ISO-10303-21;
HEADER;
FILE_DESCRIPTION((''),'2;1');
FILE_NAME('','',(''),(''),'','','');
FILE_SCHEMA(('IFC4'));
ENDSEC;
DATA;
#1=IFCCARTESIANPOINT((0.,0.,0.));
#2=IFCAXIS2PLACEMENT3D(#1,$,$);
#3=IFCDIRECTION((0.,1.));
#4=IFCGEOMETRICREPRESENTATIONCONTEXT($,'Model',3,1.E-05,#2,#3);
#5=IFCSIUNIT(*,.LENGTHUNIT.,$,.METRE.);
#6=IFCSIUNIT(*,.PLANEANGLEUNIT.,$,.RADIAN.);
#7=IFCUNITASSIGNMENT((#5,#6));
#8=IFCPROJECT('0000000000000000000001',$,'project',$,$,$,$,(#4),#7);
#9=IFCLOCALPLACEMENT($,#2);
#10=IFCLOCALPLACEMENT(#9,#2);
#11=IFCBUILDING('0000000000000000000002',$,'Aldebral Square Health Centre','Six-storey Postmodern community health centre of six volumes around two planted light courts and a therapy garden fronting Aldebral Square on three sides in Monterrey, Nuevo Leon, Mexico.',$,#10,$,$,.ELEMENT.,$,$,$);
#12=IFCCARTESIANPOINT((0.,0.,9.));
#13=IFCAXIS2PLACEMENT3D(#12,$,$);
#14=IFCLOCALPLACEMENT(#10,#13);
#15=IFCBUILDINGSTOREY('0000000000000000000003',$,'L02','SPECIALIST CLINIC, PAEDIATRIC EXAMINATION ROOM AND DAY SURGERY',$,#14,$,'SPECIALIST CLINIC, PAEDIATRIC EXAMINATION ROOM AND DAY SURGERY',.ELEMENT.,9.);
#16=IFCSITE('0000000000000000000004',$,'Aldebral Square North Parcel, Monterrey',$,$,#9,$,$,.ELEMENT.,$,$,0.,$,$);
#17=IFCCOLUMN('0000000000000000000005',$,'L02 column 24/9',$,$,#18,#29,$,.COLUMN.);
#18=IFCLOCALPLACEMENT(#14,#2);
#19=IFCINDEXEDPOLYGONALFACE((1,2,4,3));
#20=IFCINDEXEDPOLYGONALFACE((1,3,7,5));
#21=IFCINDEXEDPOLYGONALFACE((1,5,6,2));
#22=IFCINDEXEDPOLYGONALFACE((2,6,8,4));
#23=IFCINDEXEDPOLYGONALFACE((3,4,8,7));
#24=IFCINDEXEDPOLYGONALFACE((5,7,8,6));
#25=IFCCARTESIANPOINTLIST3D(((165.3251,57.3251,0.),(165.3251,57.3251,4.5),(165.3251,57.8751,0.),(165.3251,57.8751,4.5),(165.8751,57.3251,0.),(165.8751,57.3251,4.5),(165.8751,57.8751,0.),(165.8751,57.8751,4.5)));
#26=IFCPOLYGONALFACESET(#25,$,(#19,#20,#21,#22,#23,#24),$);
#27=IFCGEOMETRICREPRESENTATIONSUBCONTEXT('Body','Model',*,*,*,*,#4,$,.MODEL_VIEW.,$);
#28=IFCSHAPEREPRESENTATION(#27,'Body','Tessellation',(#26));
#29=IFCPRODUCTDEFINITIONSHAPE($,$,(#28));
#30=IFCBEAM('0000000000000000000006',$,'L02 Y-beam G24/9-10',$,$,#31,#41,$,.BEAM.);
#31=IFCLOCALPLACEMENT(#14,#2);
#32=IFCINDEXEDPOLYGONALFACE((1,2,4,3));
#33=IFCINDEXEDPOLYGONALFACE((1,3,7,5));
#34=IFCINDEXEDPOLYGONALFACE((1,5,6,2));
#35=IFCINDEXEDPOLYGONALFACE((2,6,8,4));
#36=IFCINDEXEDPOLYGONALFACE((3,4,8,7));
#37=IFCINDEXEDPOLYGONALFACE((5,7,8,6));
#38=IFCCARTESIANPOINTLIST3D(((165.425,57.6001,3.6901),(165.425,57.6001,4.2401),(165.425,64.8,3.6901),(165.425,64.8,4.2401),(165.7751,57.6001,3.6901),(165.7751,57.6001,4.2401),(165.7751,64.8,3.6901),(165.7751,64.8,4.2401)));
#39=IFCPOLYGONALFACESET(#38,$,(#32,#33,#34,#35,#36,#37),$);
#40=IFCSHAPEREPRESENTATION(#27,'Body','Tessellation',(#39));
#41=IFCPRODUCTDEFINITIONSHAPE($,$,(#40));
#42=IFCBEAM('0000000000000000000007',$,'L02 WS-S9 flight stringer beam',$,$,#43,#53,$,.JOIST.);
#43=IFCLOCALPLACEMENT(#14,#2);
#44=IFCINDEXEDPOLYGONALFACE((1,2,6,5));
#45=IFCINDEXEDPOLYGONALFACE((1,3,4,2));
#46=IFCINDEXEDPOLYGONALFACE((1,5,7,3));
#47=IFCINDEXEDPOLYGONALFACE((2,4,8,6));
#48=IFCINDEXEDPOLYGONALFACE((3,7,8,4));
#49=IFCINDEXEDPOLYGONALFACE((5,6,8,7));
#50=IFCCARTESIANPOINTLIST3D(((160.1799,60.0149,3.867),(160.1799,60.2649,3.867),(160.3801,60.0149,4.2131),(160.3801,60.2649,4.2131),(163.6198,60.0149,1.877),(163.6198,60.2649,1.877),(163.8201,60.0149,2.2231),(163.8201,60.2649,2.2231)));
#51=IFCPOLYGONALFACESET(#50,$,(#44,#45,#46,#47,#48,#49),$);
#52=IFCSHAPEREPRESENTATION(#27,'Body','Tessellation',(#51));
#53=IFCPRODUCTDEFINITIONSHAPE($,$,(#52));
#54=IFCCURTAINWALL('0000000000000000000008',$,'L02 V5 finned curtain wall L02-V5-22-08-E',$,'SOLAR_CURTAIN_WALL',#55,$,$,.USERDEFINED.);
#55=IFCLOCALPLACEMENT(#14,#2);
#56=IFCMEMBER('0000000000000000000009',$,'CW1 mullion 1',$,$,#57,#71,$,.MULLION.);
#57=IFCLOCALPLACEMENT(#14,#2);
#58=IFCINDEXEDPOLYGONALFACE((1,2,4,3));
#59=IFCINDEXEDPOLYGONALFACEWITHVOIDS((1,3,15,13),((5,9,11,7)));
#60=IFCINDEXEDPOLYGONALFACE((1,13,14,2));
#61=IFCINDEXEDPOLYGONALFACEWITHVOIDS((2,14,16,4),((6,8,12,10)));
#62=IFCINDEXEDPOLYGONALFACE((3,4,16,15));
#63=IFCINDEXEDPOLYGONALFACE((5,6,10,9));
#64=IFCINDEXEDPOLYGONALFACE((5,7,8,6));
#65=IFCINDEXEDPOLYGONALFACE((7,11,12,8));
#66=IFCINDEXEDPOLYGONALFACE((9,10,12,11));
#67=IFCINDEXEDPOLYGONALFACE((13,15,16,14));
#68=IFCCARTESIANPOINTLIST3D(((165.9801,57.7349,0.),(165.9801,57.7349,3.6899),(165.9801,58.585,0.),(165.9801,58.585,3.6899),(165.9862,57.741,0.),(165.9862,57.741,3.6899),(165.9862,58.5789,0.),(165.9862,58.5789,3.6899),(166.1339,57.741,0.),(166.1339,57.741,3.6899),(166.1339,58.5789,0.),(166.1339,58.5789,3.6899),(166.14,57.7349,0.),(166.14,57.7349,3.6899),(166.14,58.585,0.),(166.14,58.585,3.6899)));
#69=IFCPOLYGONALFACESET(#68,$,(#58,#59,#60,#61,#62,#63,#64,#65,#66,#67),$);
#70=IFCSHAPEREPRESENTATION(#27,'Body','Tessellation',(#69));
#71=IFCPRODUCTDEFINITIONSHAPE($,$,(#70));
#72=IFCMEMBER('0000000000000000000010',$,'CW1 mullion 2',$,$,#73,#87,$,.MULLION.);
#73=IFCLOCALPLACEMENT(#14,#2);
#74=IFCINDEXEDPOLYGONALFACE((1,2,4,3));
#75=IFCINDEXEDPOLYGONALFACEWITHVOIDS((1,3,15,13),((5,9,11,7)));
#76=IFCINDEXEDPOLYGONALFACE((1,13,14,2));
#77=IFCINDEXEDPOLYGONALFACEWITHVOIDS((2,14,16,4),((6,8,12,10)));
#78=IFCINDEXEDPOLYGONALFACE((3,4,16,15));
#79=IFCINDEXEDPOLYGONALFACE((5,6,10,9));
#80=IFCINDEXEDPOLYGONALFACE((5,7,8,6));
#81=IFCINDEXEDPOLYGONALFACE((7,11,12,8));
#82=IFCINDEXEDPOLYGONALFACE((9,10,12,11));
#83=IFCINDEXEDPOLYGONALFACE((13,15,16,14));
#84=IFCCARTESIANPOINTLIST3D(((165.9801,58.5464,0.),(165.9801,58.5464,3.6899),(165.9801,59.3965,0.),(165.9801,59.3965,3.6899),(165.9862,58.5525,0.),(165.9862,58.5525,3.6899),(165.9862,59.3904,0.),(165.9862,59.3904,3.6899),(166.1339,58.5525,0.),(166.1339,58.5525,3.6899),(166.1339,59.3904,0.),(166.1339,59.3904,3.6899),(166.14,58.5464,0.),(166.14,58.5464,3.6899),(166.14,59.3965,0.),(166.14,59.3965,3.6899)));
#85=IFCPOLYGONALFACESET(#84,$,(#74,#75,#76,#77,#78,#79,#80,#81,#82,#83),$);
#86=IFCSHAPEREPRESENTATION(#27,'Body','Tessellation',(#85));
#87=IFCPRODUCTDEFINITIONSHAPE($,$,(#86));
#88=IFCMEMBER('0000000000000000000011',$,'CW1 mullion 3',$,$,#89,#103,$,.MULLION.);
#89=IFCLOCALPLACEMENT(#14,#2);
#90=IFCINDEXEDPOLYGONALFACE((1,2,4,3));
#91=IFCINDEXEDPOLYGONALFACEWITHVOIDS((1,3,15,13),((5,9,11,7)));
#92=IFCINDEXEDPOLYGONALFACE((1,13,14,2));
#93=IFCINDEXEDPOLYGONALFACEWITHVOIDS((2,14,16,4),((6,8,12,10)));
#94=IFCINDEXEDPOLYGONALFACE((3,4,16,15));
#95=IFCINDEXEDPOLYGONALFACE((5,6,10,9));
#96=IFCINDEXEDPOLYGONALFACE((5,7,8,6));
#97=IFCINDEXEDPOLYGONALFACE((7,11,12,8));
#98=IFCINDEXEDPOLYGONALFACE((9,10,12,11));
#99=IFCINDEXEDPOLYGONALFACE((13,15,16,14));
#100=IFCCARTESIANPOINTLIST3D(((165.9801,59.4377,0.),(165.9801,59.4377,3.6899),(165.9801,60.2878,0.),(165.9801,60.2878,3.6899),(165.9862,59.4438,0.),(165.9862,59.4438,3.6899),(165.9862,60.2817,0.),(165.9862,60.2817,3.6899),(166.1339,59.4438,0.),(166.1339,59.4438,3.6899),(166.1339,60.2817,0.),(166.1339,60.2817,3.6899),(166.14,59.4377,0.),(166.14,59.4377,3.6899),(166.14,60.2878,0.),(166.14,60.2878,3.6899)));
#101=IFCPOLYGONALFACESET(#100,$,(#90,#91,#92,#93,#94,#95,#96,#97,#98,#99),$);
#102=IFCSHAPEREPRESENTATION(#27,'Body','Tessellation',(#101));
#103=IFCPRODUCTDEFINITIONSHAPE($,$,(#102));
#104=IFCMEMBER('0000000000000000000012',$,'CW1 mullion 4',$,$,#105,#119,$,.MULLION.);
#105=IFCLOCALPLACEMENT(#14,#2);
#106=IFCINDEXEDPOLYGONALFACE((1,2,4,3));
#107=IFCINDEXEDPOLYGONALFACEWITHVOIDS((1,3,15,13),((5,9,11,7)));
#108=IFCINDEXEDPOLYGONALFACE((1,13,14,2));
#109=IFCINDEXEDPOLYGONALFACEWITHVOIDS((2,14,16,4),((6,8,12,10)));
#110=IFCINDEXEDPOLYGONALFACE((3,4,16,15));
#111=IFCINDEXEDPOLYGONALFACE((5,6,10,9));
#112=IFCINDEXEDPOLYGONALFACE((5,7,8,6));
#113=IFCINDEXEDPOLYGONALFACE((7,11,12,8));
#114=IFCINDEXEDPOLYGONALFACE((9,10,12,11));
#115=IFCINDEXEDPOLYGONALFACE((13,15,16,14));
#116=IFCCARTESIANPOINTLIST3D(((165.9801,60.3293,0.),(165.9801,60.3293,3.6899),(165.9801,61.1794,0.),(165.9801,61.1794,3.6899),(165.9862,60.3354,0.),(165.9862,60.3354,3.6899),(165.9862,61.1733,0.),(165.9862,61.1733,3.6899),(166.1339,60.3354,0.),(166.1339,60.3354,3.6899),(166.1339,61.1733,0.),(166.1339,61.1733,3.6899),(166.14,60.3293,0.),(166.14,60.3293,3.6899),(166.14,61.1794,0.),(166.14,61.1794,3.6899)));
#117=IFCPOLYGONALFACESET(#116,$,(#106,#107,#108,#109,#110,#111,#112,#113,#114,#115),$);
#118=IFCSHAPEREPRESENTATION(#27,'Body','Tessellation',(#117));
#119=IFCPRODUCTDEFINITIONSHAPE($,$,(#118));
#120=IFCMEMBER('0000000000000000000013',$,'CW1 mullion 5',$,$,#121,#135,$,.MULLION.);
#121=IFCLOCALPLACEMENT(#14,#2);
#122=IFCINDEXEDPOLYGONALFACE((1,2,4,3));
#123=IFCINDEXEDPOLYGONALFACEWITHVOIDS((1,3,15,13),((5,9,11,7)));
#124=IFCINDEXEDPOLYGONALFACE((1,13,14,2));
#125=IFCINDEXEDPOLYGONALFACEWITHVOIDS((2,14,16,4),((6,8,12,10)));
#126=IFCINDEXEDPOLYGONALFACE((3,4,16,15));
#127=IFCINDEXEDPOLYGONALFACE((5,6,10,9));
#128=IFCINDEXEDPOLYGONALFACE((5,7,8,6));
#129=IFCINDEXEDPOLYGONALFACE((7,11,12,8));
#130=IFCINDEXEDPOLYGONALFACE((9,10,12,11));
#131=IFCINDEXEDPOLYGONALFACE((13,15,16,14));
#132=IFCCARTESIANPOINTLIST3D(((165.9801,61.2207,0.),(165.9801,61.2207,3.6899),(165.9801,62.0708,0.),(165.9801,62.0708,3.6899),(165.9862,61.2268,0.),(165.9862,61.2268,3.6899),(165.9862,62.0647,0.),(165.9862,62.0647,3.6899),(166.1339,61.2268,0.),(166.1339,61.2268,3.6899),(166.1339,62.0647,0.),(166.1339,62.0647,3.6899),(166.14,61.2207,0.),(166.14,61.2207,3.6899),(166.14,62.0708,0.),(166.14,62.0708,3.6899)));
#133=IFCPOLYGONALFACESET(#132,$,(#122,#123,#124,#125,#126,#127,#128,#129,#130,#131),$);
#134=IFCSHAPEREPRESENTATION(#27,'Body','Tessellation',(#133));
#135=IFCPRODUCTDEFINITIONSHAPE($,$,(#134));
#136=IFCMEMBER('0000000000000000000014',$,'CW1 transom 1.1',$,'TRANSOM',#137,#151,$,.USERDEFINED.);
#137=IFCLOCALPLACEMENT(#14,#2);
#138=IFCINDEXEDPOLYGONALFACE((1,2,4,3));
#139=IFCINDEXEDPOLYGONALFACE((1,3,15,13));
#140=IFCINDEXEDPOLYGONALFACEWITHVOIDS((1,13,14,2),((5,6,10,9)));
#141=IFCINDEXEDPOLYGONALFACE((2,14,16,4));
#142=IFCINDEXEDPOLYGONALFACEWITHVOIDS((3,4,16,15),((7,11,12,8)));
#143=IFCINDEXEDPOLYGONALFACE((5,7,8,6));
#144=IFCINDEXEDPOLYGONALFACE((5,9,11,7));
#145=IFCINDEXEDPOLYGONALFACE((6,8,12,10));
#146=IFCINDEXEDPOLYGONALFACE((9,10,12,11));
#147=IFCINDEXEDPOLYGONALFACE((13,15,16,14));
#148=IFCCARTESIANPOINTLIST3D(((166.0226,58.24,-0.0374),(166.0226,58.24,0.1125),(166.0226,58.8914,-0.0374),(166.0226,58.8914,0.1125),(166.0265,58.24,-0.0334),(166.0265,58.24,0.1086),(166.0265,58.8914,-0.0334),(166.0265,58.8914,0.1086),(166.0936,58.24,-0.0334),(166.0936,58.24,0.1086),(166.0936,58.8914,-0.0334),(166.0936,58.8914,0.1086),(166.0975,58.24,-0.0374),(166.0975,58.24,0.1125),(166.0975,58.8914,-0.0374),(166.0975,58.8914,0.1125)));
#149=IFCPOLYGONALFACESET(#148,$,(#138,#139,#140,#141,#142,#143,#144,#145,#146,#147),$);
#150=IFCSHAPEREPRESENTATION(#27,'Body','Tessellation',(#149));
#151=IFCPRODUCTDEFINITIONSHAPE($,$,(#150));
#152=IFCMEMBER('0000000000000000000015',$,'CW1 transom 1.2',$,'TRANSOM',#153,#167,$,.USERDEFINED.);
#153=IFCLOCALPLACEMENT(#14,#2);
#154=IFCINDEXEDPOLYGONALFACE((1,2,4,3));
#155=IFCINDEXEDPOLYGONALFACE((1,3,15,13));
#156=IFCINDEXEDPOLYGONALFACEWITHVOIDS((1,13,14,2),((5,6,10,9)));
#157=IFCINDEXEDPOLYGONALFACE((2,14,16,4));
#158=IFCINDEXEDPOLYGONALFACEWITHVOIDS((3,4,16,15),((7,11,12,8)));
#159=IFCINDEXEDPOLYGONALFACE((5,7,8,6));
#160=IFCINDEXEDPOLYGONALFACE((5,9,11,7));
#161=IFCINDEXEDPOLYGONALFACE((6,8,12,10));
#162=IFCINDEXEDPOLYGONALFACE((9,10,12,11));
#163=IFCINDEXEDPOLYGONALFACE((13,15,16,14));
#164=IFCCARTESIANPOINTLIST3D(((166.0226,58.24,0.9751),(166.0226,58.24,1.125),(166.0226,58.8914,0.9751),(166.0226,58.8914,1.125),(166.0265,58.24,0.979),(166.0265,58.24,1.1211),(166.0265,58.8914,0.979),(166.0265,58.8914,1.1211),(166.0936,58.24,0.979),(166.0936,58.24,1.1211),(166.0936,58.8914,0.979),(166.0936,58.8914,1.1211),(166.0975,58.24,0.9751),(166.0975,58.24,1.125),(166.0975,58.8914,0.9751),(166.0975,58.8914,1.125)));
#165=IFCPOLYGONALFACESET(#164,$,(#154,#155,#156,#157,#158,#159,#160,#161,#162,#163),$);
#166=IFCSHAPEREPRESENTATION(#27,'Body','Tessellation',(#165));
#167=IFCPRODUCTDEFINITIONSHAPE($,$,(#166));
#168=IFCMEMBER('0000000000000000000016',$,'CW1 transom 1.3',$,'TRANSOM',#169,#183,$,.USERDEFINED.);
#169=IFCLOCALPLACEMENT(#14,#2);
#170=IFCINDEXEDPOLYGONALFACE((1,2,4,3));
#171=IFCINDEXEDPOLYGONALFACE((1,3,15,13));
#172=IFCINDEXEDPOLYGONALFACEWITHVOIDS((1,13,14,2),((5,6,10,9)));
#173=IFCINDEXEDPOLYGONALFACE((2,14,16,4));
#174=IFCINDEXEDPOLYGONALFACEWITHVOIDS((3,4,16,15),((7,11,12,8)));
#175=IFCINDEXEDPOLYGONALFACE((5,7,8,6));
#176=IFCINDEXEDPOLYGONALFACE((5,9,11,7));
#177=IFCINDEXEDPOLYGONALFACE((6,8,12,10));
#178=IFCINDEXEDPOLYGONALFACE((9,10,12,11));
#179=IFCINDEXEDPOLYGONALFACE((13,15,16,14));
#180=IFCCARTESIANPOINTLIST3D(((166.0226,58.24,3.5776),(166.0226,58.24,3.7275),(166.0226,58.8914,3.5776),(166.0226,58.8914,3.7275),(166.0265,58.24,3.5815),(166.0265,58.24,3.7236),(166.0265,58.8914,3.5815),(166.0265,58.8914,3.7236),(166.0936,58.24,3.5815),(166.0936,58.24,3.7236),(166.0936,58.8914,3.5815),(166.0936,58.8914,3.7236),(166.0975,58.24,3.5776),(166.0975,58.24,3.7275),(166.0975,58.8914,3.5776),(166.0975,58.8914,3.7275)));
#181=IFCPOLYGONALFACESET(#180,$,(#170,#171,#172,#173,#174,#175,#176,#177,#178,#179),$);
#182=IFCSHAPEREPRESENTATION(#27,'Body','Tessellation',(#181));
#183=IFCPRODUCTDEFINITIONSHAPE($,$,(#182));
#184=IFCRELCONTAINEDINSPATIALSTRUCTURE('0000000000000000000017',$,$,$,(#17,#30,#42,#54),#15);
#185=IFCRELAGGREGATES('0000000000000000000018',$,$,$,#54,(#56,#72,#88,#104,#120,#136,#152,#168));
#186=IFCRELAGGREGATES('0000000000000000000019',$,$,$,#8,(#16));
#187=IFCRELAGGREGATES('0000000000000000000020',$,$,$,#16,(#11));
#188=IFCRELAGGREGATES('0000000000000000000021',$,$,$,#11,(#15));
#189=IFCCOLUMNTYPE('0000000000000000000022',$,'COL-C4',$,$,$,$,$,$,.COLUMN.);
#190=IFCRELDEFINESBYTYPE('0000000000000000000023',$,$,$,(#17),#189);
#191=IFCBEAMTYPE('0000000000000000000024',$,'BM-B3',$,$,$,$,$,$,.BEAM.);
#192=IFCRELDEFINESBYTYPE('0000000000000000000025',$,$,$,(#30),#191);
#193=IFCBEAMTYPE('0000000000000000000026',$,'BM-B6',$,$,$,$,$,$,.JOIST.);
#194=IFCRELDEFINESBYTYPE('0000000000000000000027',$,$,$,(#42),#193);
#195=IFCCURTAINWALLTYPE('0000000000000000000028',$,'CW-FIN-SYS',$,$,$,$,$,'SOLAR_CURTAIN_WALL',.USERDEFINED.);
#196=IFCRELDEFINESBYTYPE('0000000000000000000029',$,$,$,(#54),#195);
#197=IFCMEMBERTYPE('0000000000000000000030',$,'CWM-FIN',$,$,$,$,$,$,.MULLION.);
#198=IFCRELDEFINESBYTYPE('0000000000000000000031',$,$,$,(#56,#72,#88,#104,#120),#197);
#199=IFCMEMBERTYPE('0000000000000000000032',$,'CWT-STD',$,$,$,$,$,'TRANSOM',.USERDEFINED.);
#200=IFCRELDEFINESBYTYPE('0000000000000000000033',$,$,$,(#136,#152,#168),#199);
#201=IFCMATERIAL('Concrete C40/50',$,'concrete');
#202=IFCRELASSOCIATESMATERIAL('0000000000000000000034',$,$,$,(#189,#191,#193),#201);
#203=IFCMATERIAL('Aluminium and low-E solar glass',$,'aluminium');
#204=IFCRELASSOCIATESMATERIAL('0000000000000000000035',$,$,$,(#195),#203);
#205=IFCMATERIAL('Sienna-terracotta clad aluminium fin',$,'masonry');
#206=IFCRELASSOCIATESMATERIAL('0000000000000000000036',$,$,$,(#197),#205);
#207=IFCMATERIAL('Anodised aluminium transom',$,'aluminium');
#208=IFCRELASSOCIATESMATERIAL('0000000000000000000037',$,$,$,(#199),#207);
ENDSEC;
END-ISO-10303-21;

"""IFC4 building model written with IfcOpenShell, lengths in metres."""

from ifc_helpers import new_model, si_unit, direction, frame, origin, origin_2d, place, context, subcontext, project, spatial, rectangle, hollow_rectangle, extrude, material, material_profile, profile_set, type_object, element, aggregate, save


model = new_model("IFC4")

# Units and contexts
model_context = context("Model", 3, precision=1e-05, world=origin(), true_north=direction((0.0, 1.0)))
body_context = subcontext(model_context, "Body", "Model", "MODEL_VIEW")
ifc_project = project(units=[si_unit("LENGTHUNIT", "METRE"), si_unit("PLANEANGLEUNIT", "RADIAN")], contexts=[model_context])

# Site, building, storey
site_placement = place(None, origin())
site = spatial("IfcSite", under=ifc_project, at=site_placement, Name="Aldebral Square North Parcel, Monterrey", CompositionType="ELEMENT", RefElevation=0.0)
building_placement = place(site_placement, origin())
building = spatial("IfcBuilding", under=site, at=building_placement, Name="Aldebral Square Health Centre", Description="Six-storey Postmodern community health centre of six volumes around two planted light courts and a therapy garden fronting Aldebral Square on three sides in Monterrey, Nuevo Leon, Mexico.", CompositionType="ELEMENT")
storey_placement = place(building_placement, frame((0.0, 0.0, 9.0)))
storey = spatial("IfcBuildingStorey", under=building, at=storey_placement, Name="L02", Description="SPECIALIST CLINIC, PAEDIATRIC EXAMINATION ROOM AND DAY SURGERY", LongName="SPECIALIST CLINIC, PAEDIATRIC EXAMINATION ROOM AND DAY SURGERY", CompositionType="ELEMENT", Elevation=9.0)

# Column
ifc_material_1 = material(Name="Concrete C40/50", Category="concrete")
ifc_material_profile_1 = material_profile(ifc_material_1, rectangle(XDim=0.55, YDim=0.55, at=origin_2d()), Name="RC 550x550")
ifc_profile_set_1 = profile_set([ifc_material_profile_1], Name="Concrete C40/50")
column_type = type_object("IfcColumnType", Name="COL-C4", PredefinedType="COLUMN", material=ifc_profile_set_1)
column_placement = place(storey_placement, frame((165.6001, 57.6001, 0.0), z_axis=(0.0, 0.0, 1.0), x_axis=(1.0, 0.0, 0.0)))
element("IfcColumn", 1, at=column_placement, inside=storey, type_object=column_type, Name="L02 column 24/9", PredefinedType="COLUMN", context=body_context, shape_type="SweptSolid", body=[
    extrude(rectangle(XDim=0.55, YDim=0.55, at=origin_2d()), origin(), (0.0, 0.0, 1.0), 4.5),
])

# Beams
ifc_material_profile_2 = material_profile(ifc_material_1, rectangle(XDim=0.3501, YDim=0.55, at=origin_2d()), Name="RC 350x550")
ifc_profile_set_2 = profile_set([ifc_material_profile_2], Name="Concrete C40/50")
beam_type_1 = type_object("IfcBeamType", Name="BM-B3", PredefinedType="BEAM", material=ifc_profile_set_2)
beam_1_placement = place(storey_placement, frame((165.6001, 57.6001, 3.9651), z_axis=(0.0, 1.0, 0.0), x_axis=(-1.0, 0.0, 0.0)))
element("IfcBeam", 2, at=beam_1_placement, inside=storey, type_object=beam_type_1, Name="L02 Y-beam G24/9-10", PredefinedType="BEAM", context=body_context, shape_type="SweptSolid", body=[
    extrude(rectangle(XDim=0.3501, YDim=0.55, at=origin_2d()), origin(), (0.0, 0.0, 1.0), 7.2),
])
ifc_material_profile_3 = material_profile(ifc_material_1, rectangle(XDim=0.25, YDim=0.3999, at=origin_2d()), Name="RC 250x400")
ifc_profile_set_3 = profile_set([ifc_material_profile_3], Name="Concrete C40/50")
beam_type_2 = type_object("IfcBeamType", Name="BM-B6", PredefinedType="JOIST", material=ifc_profile_set_3)
beam_2_placement = place(storey_placement, frame((163.72, 60.1399, 2.05), z_axis=(-0.865596, 0.0, 0.500743), x_axis=(0.0, -1.0, 0.0)))
element("IfcBeam", 3, at=beam_2_placement, inside=storey, type_object=beam_type_2, Name="L02 WS-S9 flight stringer beam", PredefinedType="JOIST", context=body_context, shape_type="SweptSolid", body=[
    extrude(rectangle(XDim=0.25, YDim=0.3999, at=origin_2d()), origin(), (0.0, 0.0, 1.0), 3.9741),
])

# Curtain wall, members
ifc_material_2 = material(Name="Aluminium and low-E solar glass", Category="aluminium")
curtain_wall_type = type_object("IfcCurtainWallType", Name="CW-FIN-SYS", ElementType="SOLAR_CURTAIN_WALL", PredefinedType="USERDEFINED", material=ifc_material_2)
curtain_wall_placement = place(storey_placement, origin())
curtain_wall = element("IfcCurtainWall", 4, at=curtain_wall_placement, inside=storey, type_object=curtain_wall_type, Name="L02 V5 finned curtain wall L02-V5-22-08-E", ObjectType="SOLAR_CURTAIN_WALL", PredefinedType="USERDEFINED")
ifc_material_3 = material(Name="Sienna-terracotta clad aluminium fin", Category="masonry")
ifc_material_profile_4 = material_profile(ifc_material_3, hollow_rectangle(XDim=0.1599, YDim=0.8501, WallThickness=0.0061, at=origin_2d()), Name="FIN 160x850x6")
ifc_profile_set_4 = profile_set([ifc_material_profile_4], Name="Sienna-terracotta clad aluminium fin")
member_type_1 = type_object("IfcMemberType", Name="CWM-FIN", PredefinedType="MULLION", material=ifc_profile_set_4)
member_1_placement = place(storey_placement, frame((166.0601, 58.1599, 0.0), z_axis=(0.0, 0.0, 1.0), x_axis=(-1.0, 0.0, 0.0)))
member_1 = element("IfcMember", 5, at=member_1_placement, type_object=member_type_1, Name="CW1 mullion 1", PredefinedType="MULLION", context=body_context, shape_type="SweptSolid", body=[
    extrude(hollow_rectangle(XDim=0.1599, YDim=0.8501, WallThickness=0.0061, at=origin_2d()), origin(), (0.0, 0.0, 1.0), 3.6899),
])
member_2_placement = place(storey_placement, frame((166.0601, 58.9714, 0.0), z_axis=(0.0, 0.0, 1.0), x_axis=(-1.0, 0.0, 0.0)))
member_2 = element("IfcMember", 6, at=member_2_placement, type_object=member_type_1, Name="CW1 mullion 2", PredefinedType="MULLION", context=body_context, shape_type="SweptSolid", body=[
    extrude(hollow_rectangle(XDim=0.1599, YDim=0.8501, WallThickness=0.0061, at=origin_2d()), origin(), (0.0, 0.0, 1.0), 3.6899),
])
member_3_placement = place(storey_placement, frame((166.0601, 59.8628, 0.0), z_axis=(0.0, 0.0, 1.0), x_axis=(-1.0, 0.0, 0.0)))
member_3 = element("IfcMember", 7, at=member_3_placement, type_object=member_type_1, Name="CW1 mullion 3", PredefinedType="MULLION", context=body_context, shape_type="SweptSolid", body=[
    extrude(hollow_rectangle(XDim=0.1599, YDim=0.8501, WallThickness=0.0061, at=origin_2d()), origin(), (0.0, 0.0, 1.0), 3.6899),
])
member_4_placement = place(storey_placement, frame((166.0601, 60.7544, 0.0), z_axis=(0.0, 0.0, 1.0), x_axis=(-1.0, 0.0, 0.0)))
member_4 = element("IfcMember", 8, at=member_4_placement, type_object=member_type_1, Name="CW1 mullion 4", PredefinedType="MULLION", context=body_context, shape_type="SweptSolid", body=[
    extrude(hollow_rectangle(XDim=0.1599, YDim=0.8501, WallThickness=0.0061, at=origin_2d()), origin(), (0.0, 0.0, 1.0), 3.6899),
])
member_5_placement = place(storey_placement, frame((166.0601, 61.6458, 0.0), z_axis=(0.0, 0.0, 1.0), x_axis=(-1.0, 0.0, 0.0)))
member_5 = element("IfcMember", 9, at=member_5_placement, type_object=member_type_1, Name="CW1 mullion 5", PredefinedType="MULLION", context=body_context, shape_type="SweptSolid", body=[
    extrude(hollow_rectangle(XDim=0.1599, YDim=0.8501, WallThickness=0.0061, at=origin_2d()), origin(), (0.0, 0.0, 1.0), 3.6899),
])
ifc_material_4 = material(Name="Anodised aluminium transom", Category="aluminium")
ifc_material_profile_5 = material_profile(ifc_material_4, hollow_rectangle(XDim=0.075, YDim=0.1499, WallThickness=0.0039, at=origin_2d()), Name="CWT 75x150x4")
ifc_profile_set_5 = profile_set([ifc_material_profile_5], Name="Anodised aluminium transom")
member_type_2 = type_object("IfcMemberType", Name="CWT-STD", ElementType="TRANSOM", PredefinedType="USERDEFINED", material=ifc_profile_set_5)
member_6_placement = place(storey_placement, frame((166.0601, 58.24, 0.0376), z_axis=(0.0, 1.0, 0.0), x_axis=(-1.0, 0.0, 0.0)))
member_6 = element("IfcMember", 10, at=member_6_placement, type_object=member_type_2, Name="CW1 transom 1.1", ObjectType="TRANSOM", PredefinedType="USERDEFINED", context=body_context, shape_type="SweptSolid", body=[
    extrude(hollow_rectangle(XDim=0.075, YDim=0.1499, WallThickness=0.0039, at=origin_2d()), origin(), (0.0, 0.0, 1.0), 0.6514),
])
member_7_placement = place(storey_placement, frame((166.0601, 58.24, 1.05), z_axis=(0.0, 1.0, 0.0), x_axis=(-1.0, 0.0, 0.0)))
member_7 = element("IfcMember", 11, at=member_7_placement, type_object=member_type_2, Name="CW1 transom 1.2", ObjectType="TRANSOM", PredefinedType="USERDEFINED", context=body_context, shape_type="SweptSolid", body=[
    extrude(hollow_rectangle(XDim=0.075, YDim=0.1499, WallThickness=0.0039, at=origin_2d()), origin(), (0.0, 0.0, 1.0), 0.6514),
])
member_8_placement = place(storey_placement, frame((166.0601, 58.24, 3.6526), z_axis=(0.0, 1.0, 0.0), x_axis=(-1.0, 0.0, 0.0)))
member_8 = element("IfcMember", 12, at=member_8_placement, type_object=member_type_2, Name="CW1 transom 1.3", ObjectType="TRANSOM", PredefinedType="USERDEFINED", context=body_context, shape_type="SweptSolid", body=[
    extrude(hollow_rectangle(XDim=0.075, YDim=0.1499, WallThickness=0.0039, at=origin_2d()), origin(), (0.0, 0.0, 1.0), 0.6514),
])
aggregate(curtain_wall, [member_1, member_2, member_3, member_4, member_5, member_6, member_7, member_8])

save(model, "model.ifc")
